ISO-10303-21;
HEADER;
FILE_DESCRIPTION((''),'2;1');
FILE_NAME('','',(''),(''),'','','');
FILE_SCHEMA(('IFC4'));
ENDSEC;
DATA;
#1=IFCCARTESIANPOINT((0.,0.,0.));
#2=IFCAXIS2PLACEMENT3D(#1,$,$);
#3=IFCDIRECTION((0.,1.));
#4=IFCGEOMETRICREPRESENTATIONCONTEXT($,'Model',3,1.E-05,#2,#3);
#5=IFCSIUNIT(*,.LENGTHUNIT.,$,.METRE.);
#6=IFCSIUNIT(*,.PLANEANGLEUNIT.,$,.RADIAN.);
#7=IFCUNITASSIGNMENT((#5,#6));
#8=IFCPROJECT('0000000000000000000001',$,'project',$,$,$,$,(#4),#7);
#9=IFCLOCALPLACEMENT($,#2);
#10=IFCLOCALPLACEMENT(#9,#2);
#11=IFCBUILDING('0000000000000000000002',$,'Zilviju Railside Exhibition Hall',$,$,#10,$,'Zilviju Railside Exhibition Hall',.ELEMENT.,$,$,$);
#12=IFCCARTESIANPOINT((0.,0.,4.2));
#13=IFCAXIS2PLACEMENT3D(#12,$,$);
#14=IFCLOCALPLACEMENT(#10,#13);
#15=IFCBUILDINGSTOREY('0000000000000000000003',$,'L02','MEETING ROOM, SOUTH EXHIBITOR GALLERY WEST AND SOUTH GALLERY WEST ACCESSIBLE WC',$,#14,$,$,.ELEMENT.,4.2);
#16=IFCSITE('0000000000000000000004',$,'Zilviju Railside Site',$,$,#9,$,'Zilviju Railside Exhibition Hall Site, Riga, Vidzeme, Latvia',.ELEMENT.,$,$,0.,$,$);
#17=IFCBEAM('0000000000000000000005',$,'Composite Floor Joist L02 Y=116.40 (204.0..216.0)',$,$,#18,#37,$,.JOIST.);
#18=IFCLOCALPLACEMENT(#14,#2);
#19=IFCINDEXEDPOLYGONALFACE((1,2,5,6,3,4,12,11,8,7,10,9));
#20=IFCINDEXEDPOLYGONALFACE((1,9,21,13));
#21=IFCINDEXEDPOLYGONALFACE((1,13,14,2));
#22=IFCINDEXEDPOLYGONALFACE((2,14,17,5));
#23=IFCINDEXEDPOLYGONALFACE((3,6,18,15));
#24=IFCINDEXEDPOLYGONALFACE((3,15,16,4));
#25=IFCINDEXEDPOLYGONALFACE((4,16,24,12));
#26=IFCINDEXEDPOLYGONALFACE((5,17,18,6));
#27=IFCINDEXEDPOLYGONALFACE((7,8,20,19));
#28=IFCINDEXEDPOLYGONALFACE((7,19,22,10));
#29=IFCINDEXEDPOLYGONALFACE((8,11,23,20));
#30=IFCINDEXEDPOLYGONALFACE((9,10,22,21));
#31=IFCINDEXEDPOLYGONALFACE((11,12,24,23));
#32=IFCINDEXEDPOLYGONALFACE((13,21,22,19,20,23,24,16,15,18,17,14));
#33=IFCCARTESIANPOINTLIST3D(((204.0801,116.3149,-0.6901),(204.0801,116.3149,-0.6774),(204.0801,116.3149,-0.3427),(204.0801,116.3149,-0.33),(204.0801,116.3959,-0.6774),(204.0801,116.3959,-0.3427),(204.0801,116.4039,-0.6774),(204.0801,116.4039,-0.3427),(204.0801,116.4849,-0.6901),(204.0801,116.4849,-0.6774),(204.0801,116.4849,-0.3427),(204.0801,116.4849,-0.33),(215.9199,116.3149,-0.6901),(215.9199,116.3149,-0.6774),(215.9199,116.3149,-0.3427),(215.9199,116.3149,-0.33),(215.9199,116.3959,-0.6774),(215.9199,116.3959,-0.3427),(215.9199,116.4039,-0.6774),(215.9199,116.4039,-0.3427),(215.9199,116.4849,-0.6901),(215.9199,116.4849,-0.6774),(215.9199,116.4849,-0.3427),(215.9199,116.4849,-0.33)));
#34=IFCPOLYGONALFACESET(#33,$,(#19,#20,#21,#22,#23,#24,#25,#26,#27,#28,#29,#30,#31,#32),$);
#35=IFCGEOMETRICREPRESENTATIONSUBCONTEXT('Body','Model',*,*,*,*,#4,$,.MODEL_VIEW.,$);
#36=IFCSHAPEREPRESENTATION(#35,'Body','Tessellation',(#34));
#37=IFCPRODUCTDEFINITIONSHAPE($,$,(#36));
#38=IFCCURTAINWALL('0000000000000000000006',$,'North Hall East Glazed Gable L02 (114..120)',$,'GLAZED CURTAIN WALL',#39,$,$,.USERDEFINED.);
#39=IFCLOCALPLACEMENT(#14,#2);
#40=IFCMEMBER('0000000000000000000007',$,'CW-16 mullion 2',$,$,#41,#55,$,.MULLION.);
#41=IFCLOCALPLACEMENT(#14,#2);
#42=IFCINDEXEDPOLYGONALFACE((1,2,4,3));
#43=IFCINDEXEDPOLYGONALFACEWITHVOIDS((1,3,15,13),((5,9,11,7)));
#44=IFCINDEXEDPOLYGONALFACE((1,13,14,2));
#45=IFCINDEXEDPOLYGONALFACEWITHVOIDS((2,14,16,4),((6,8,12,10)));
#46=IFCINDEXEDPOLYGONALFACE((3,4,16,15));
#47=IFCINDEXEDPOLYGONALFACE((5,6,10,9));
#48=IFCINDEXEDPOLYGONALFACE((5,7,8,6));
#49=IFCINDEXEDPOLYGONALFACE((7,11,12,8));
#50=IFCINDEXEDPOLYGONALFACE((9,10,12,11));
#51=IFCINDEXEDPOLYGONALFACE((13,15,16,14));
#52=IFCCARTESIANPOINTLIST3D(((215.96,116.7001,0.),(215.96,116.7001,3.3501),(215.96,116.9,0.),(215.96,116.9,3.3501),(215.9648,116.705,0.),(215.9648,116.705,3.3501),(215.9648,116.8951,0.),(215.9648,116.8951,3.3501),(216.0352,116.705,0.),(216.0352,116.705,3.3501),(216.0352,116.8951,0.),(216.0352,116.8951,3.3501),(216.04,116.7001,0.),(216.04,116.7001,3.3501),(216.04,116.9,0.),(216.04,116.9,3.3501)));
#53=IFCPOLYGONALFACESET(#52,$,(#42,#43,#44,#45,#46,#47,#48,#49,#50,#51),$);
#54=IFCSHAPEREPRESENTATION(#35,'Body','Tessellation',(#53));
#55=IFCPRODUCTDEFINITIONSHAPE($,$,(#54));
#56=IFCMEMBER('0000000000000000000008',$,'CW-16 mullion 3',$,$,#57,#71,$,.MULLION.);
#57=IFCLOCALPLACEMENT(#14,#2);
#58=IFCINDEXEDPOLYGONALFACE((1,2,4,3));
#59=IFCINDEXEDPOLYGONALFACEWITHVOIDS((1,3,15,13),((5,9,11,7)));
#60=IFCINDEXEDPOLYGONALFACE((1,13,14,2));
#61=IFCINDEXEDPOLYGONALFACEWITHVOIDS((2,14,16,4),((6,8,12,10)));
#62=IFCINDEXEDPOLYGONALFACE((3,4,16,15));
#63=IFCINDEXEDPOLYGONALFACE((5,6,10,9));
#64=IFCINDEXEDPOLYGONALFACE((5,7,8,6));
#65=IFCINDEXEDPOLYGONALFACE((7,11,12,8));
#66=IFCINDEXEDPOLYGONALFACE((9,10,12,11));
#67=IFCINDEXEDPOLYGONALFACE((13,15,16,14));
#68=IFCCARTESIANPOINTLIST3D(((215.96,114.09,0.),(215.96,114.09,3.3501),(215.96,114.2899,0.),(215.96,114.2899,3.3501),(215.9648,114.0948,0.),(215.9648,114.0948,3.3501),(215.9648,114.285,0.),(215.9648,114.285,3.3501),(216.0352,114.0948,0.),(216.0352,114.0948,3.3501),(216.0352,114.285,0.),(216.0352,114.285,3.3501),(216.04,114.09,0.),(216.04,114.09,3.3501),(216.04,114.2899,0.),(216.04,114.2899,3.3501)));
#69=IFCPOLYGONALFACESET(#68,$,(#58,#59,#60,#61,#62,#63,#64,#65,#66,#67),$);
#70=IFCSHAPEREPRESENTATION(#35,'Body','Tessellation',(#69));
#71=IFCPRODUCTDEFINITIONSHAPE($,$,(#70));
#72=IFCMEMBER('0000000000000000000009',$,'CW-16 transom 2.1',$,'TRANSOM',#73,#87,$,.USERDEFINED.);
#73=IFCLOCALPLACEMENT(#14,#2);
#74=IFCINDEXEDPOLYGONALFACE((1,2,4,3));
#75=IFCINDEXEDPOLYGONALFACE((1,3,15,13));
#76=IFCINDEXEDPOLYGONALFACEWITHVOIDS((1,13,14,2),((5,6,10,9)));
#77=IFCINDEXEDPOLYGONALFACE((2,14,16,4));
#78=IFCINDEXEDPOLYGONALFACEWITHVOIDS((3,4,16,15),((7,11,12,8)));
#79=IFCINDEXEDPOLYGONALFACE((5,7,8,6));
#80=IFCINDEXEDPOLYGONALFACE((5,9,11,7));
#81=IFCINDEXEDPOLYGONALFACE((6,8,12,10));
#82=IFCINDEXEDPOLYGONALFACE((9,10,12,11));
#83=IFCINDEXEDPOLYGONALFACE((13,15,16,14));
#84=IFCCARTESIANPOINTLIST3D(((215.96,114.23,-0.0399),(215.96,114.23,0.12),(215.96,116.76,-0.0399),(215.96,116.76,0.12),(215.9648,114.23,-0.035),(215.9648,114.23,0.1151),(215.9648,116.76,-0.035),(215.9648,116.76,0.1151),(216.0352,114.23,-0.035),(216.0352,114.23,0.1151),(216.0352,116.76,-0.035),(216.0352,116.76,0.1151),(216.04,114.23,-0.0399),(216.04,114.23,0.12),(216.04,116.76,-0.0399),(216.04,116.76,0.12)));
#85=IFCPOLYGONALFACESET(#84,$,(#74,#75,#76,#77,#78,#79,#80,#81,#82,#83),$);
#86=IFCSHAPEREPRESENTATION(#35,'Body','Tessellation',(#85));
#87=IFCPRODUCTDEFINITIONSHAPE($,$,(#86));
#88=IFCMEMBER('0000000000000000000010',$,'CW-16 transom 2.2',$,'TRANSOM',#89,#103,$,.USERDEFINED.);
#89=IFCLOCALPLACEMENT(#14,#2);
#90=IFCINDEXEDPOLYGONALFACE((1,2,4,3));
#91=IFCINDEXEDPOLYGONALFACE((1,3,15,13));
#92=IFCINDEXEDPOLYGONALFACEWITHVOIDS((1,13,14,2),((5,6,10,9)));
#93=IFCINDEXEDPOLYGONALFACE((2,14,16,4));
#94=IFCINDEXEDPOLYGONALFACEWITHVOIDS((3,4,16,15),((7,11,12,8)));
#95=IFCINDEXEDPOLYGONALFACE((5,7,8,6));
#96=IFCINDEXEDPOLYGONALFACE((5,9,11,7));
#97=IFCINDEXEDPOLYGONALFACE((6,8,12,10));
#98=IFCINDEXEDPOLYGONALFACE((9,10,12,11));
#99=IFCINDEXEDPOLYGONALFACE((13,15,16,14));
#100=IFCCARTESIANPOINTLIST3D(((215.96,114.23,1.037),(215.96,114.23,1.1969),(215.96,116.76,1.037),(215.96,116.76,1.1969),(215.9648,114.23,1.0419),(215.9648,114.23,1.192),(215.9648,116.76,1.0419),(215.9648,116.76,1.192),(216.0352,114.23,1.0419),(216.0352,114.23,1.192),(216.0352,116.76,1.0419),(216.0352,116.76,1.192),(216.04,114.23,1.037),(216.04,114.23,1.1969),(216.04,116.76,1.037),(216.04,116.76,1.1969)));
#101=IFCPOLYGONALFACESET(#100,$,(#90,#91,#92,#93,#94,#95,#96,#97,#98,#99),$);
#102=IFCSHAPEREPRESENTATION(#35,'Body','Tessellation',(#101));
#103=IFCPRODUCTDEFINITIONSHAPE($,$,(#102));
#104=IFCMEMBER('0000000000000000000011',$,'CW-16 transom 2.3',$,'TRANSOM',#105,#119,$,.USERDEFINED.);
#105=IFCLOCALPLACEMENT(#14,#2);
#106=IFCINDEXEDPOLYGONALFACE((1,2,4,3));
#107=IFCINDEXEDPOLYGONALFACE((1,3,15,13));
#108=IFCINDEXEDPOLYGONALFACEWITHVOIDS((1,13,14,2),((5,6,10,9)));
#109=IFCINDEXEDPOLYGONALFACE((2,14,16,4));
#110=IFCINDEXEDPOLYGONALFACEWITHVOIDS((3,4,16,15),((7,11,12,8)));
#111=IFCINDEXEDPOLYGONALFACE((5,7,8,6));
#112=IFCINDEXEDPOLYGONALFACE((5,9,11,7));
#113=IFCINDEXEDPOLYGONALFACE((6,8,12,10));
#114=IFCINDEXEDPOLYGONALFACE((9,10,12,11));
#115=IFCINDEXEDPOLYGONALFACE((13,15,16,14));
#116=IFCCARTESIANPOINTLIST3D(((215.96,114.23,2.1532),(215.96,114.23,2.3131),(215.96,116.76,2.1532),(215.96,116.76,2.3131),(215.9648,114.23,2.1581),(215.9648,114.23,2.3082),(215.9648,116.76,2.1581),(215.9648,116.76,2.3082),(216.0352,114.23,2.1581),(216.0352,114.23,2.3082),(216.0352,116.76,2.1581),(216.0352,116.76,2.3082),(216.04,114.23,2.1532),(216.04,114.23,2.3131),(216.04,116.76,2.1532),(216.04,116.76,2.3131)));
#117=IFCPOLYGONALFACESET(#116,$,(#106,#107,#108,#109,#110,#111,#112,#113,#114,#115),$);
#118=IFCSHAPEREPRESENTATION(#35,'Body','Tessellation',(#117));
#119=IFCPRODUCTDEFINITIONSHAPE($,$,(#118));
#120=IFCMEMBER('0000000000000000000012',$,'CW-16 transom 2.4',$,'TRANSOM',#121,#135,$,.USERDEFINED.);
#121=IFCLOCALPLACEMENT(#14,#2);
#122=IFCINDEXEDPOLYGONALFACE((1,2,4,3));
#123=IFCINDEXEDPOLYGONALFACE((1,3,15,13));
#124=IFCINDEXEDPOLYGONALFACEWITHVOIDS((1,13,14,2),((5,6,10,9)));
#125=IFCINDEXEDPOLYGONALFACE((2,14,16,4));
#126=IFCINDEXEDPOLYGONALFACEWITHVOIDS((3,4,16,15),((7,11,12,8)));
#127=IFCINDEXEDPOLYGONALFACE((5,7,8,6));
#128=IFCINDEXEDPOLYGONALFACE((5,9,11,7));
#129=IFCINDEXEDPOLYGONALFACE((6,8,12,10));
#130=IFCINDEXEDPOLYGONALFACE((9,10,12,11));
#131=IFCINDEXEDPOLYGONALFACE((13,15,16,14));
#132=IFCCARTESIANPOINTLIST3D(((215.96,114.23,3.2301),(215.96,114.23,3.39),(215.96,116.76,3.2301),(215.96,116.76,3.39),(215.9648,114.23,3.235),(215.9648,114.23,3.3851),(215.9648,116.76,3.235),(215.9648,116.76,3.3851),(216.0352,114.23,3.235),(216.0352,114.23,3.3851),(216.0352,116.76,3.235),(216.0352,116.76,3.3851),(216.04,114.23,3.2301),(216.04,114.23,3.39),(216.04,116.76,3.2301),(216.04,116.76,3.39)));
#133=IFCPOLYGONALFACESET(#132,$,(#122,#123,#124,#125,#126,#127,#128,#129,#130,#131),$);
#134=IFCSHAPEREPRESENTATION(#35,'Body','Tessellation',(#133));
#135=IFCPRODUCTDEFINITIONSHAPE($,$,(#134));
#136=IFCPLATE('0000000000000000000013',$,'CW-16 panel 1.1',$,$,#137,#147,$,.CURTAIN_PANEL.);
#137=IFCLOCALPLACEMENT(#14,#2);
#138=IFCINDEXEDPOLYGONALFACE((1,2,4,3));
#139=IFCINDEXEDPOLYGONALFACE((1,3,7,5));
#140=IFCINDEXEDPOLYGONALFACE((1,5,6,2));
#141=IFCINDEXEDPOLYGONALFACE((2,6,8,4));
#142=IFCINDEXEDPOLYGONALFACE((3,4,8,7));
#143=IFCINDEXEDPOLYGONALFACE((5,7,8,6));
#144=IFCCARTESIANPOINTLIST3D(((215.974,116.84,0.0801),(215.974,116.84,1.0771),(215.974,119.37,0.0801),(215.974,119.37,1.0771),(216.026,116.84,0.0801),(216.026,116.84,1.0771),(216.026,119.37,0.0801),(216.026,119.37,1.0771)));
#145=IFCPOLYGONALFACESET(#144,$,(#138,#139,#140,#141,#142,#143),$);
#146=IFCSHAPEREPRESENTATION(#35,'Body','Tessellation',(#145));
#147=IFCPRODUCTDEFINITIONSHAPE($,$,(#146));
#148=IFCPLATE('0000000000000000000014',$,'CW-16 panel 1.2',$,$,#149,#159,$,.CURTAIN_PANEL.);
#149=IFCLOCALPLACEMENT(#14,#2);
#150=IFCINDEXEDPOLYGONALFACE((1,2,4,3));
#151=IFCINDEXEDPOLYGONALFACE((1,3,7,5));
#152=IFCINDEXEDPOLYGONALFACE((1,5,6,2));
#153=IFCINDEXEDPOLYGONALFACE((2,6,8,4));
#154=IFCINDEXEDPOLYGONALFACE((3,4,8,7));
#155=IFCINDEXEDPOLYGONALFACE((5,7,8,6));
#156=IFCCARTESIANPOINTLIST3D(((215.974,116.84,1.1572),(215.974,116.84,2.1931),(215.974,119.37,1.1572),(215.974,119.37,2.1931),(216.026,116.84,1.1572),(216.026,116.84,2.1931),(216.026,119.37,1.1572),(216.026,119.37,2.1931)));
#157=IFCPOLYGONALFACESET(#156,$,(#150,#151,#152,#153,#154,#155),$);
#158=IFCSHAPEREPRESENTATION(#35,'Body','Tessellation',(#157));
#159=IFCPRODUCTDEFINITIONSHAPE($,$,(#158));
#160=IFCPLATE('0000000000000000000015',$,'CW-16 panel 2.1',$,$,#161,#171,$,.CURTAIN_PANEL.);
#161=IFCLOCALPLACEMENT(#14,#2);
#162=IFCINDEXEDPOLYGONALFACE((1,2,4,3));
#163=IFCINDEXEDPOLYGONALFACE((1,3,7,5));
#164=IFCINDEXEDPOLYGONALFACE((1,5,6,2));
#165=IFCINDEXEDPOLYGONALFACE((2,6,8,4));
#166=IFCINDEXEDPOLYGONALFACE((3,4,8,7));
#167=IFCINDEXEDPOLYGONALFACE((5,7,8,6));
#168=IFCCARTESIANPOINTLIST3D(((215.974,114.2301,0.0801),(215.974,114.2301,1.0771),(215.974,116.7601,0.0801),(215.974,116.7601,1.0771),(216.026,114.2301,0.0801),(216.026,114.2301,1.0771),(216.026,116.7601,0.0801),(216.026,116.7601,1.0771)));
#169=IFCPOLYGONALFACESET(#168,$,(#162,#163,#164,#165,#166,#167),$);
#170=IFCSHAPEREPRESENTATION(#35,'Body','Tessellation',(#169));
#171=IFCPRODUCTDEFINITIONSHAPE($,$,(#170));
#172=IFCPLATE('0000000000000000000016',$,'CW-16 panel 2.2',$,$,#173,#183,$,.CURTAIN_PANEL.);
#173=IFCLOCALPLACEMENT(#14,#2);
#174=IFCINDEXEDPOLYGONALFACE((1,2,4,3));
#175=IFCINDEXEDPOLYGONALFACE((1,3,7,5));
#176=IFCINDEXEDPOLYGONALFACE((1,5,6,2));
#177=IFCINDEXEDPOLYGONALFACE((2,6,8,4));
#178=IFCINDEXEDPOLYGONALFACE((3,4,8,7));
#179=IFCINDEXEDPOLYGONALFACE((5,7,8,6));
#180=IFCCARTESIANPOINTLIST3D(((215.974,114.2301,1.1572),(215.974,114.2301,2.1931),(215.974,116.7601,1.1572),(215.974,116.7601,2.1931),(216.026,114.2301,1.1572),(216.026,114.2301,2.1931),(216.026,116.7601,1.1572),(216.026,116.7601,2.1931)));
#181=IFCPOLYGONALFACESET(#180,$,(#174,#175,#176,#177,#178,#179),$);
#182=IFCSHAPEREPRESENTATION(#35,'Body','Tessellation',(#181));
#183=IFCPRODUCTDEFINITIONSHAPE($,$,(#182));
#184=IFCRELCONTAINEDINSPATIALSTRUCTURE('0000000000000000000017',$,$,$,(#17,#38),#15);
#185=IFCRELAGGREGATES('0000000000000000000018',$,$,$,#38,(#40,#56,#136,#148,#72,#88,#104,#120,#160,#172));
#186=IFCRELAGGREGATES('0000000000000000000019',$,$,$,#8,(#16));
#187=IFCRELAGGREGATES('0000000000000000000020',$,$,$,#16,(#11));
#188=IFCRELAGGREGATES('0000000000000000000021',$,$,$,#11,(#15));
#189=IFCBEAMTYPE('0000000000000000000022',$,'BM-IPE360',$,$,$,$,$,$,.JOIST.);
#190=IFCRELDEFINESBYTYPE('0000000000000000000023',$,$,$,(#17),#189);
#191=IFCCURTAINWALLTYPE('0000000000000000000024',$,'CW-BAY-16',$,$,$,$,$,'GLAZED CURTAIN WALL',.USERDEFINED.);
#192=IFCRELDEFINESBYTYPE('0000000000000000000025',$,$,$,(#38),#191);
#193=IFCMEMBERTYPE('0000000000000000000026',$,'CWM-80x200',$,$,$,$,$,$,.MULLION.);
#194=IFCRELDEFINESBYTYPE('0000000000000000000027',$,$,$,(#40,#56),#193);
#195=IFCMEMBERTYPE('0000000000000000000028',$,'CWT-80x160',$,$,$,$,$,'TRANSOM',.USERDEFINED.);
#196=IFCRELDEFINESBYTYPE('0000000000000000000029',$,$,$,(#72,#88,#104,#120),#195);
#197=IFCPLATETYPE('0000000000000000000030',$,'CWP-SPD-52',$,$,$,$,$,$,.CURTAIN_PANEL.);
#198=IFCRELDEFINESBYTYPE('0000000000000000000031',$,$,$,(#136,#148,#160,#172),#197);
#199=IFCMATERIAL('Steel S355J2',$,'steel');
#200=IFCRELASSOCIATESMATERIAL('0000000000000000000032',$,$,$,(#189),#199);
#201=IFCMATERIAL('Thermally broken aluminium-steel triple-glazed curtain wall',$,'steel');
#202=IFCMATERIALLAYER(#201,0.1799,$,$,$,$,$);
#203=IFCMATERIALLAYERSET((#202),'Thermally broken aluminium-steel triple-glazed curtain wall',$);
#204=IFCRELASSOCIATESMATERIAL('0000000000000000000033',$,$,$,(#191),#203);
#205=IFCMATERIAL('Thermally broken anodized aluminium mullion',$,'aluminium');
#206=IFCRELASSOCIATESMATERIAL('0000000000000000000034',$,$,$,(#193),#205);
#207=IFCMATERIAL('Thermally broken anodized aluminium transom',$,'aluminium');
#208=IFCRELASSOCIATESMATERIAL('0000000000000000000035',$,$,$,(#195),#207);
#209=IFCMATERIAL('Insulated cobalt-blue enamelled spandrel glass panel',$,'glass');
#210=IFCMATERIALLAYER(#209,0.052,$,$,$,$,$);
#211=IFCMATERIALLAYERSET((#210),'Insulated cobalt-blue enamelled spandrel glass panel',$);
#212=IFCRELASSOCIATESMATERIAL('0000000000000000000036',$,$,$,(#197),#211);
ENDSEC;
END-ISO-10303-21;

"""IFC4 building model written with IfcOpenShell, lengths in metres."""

from ifc_helpers import new_model, si_unit, direction, frame, origin, origin_2d, place, context, subcontext, project, spatial, rectangle, hollow_rectangle, i_section, extrude, material, layer, layer_set, material_profile, profile_set, type_object, element, aggregate, save


model = new_model("IFC4")

# Units and contexts
model_context = context("Model", 3, precision=1e-05, world=origin(), true_north=direction((0.0, 1.0)))
body_context = subcontext(model_context, "Body", "Model", "MODEL_VIEW")
ifc_project = project(units=[si_unit("LENGTHUNIT", "METRE"), si_unit("PLANEANGLEUNIT", "RADIAN")], contexts=[model_context])

# Site, building, storey
site_placement = place(None, origin())
site = spatial("IfcSite", under=ifc_project, at=site_placement, Name="Zilviju Railside Site", LongName="Zilviju Railside Exhibition Hall Site, Riga, Vidzeme, Latvia", CompositionType="ELEMENT", RefElevation=0.0)
building_placement = place(site_placement, origin())
building = spatial("IfcBuilding", under=site, at=building_placement, Name="Zilviju Railside Exhibition Hall", LongName="Zilviju Railside Exhibition Hall", CompositionType="ELEMENT")
storey_placement = place(building_placement, frame((0.0, 0.0, 4.2)))
storey = spatial("IfcBuildingStorey", under=building, at=storey_placement, Name="L02", Description="MEETING ROOM, SOUTH EXHIBITOR GALLERY WEST AND SOUTH GALLERY WEST ACCESSIBLE WC", CompositionType="ELEMENT", Elevation=4.2)

# Beam
ifc_material_1 = material(Name="Steel S355J2", Category="steel")
ifc_material_profile_1 = material_profile(ifc_material_1, i_section(OverallWidth=0.1699, OverallDepth=0.3601, WebThickness=0.0081, FlangeThickness=0.0127, at=origin_2d()), Name="IPE 360")
ifc_profile_set_1 = profile_set([ifc_material_profile_1], Name="Steel S355J2")
beam_type = type_object("IfcBeamType", Name="BM-IPE360", PredefinedType="JOIST", material=ifc_profile_set_1)
beam_placement = place(storey_placement, frame((204.0801, 116.3999, -0.51), z_axis=(1.0, 0.0, 0.0), x_axis=(0.0, 1.0, 0.0)))
element("IfcBeam", 1, at=beam_placement, inside=storey, type_object=beam_type, Name="Composite Floor Joist L02 Y=116.40 (204.0..216.0)", PredefinedType="JOIST", context=body_context, shape_type="SweptSolid", body=[
    extrude(i_section(OverallWidth=0.1699, OverallDepth=0.3601, WebThickness=0.0081, FlangeThickness=0.0127, at=origin_2d()), origin(), (0.0, 0.0, 1.0), 11.8398),
])

# Curtain wall, members, plates
ifc_material_2 = material(Name="Thermally broken aluminium-steel triple-glazed curtain wall", Category="steel")
ifc_layer_1 = layer(ifc_material_2, 0.1799)
ifc_layer_set_1 = layer_set([ifc_layer_1], Name="Thermally broken aluminium-steel triple-glazed curtain wall")
curtain_wall_type = type_object("IfcCurtainWallType", Name="CW-BAY-16", ElementType="GLAZED CURTAIN WALL", PredefinedType="USERDEFINED", material=ifc_layer_set_1)
curtain_wall_placement = place(storey_placement, origin())
curtain_wall = element("IfcCurtainWall", 2, at=curtain_wall_placement, inside=storey, type_object=curtain_wall_type, Name="North Hall East Glazed Gable L02 (114..120)", ObjectType="GLAZED CURTAIN WALL", PredefinedType="USERDEFINED")
ifc_material_3 = material(Name="Thermally broken anodized aluminium mullion", Category="aluminium")
ifc_material_profile_2 = material_profile(ifc_material_3, hollow_rectangle(XDim=0.0801, YDim=0.2, WallThickness=0.0049, at=origin_2d()), Name="MULLION 200x80x5")
ifc_profile_set_2 = profile_set([ifc_material_profile_2], Name="Thermally broken anodized aluminium mullion")
member_type_1 = type_object("IfcMemberType", Name="CWM-80x200", PredefinedType="MULLION", material=ifc_profile_set_2)
member_1_placement = place(storey_placement, frame((216.0, 116.8, 0.0), z_axis=(0.0, 0.0, 1.0), x_axis=(1.0, 0.0, 0.0)))
member_1 = element("IfcMember", 3, at=member_1_placement, type_object=member_type_1, Name="CW-16 mullion 2", PredefinedType="MULLION", context=body_context, shape_type="SweptSolid", body=[
    extrude(hollow_rectangle(XDim=0.0801, YDim=0.2, WallThickness=0.0049, at=origin_2d()), origin(), (0.0, 0.0, 1.0), 3.3501),
])
member_2_placement = place(storey_placement, frame((216.0, 114.1899, 0.0), z_axis=(0.0, 0.0, 1.0), x_axis=(1.0, 0.0, 0.0)))
member_2 = element("IfcMember", 4, at=member_2_placement, type_object=member_type_1, Name="CW-16 mullion 3", PredefinedType="MULLION", context=body_context, shape_type="SweptSolid", body=[
    extrude(hollow_rectangle(XDim=0.0801, YDim=0.2, WallThickness=0.0049, at=origin_2d()), origin(), (0.0, 0.0, 1.0), 3.3501),
])
ifc_material_4 = material(Name="Thermally broken anodized aluminium transom", Category="aluminium")
ifc_material_profile_3 = material_profile(ifc_material_4, hollow_rectangle(XDim=0.0801, YDim=0.1599, WallThickness=0.0049, at=origin_2d()), Name="TRANSOM 160x80x5")
ifc_profile_set_3 = profile_set([ifc_material_profile_3], Name="Thermally broken anodized aluminium transom")
member_type_2 = type_object("IfcMemberType", Name="CWT-80x160", ElementType="TRANSOM", PredefinedType="USERDEFINED", material=ifc_profile_set_3)
member_3_placement = place(storey_placement, frame((216.0, 116.76, 0.04), z_axis=(0.0, -1.0, 0.0), x_axis=(1.0, 0.0, 0.0)))
member_3 = element("IfcMember", 5, at=member_3_placement, type_object=member_type_2, Name="CW-16 transom 2.1", ObjectType="TRANSOM", PredefinedType="USERDEFINED", context=body_context, shape_type="SweptSolid", body=[
    extrude(hollow_rectangle(XDim=0.0801, YDim=0.1599, WallThickness=0.0049, at=origin_2d()), origin(), (0.0, 0.0, 1.0), 2.53),
])
member_4_placement = place(storey_placement, frame((216.0, 116.76, 1.1169), z_axis=(0.0, -1.0, 0.0), x_axis=(1.0, 0.0, 0.0)))
member_4 = element("IfcMember", 6, at=member_4_placement, type_object=member_type_2, Name="CW-16 transom 2.2", ObjectType="TRANSOM", PredefinedType="USERDEFINED", context=body_context, shape_type="SweptSolid", body=[
    extrude(hollow_rectangle(XDim=0.0801, YDim=0.1599, WallThickness=0.0049, at=origin_2d()), origin(), (0.0, 0.0, 1.0), 2.53),
])
member_5_placement = place(storey_placement, frame((216.0, 116.76, 2.2332), z_axis=(0.0, -1.0, 0.0), x_axis=(1.0, 0.0, 0.0)))
member_5 = element("IfcMember", 7, at=member_5_placement, type_object=member_type_2, Name="CW-16 transom 2.3", ObjectType="TRANSOM", PredefinedType="USERDEFINED", context=body_context, shape_type="SweptSolid", body=[
    extrude(hollow_rectangle(XDim=0.0801, YDim=0.1599, WallThickness=0.0049, at=origin_2d()), origin(), (0.0, 0.0, 1.0), 2.53),
])
member_6_placement = place(storey_placement, frame((216.0, 116.76, 3.3101), z_axis=(0.0, -1.0, 0.0), x_axis=(1.0, 0.0, 0.0)))
member_6 = element("IfcMember", 8, at=member_6_placement, type_object=member_type_2, Name="CW-16 transom 2.4", ObjectType="TRANSOM", PredefinedType="USERDEFINED", context=body_context, shape_type="SweptSolid", body=[
    extrude(hollow_rectangle(XDim=0.0801, YDim=0.1599, WallThickness=0.0049, at=origin_2d()), origin(), (0.0, 0.0, 1.0), 2.53),
])
ifc_material_5 = material(Name="Insulated cobalt-blue enamelled spandrel glass panel", Category="glass")
ifc_layer_2 = layer(ifc_material_5, 0.052)
ifc_layer_set_2 = layer_set([ifc_layer_2], Name="Insulated cobalt-blue enamelled spandrel glass panel")
plate_type = type_object("IfcPlateType", Name="CWP-SPD-52", PredefinedType="CURTAIN_PANEL", material=ifc_layer_set_2)
plate_1_placement = place(storey_placement, frame((216.0, 118.105, 0.0801), z_axis=(0.0, 0.0, 1.0), x_axis=(0.0, -1.0, 0.0)))
plate_1 = element("IfcPlate", 9, at=plate_1_placement, type_object=plate_type, Name="CW-16 panel 1.1", PredefinedType="CURTAIN_PANEL", context=body_context, shape_type="SweptSolid", body=[
    extrude(rectangle(XDim=2.53, YDim=0.052, at=origin_2d()), origin(), (0.0, 0.0, 1.0), 0.9971),
])
plate_2_placement = place(storey_placement, frame((216.0, 118.105, 1.1572), z_axis=(0.0, 0.0, 1.0), x_axis=(0.0, -1.0, 0.0)))
plate_2 = element("IfcPlate", 10, at=plate_2_placement, type_object=plate_type, Name="CW-16 panel 1.2", PredefinedType="CURTAIN_PANEL", context=body_context, shape_type="SweptSolid", body=[
    extrude(rectangle(XDim=2.53, YDim=0.052, at=origin_2d()), origin(), (0.0, 0.0, 1.0), 1.0359),
])
plate_3_placement = place(storey_placement, frame((216.0, 115.4951, 0.0801), z_axis=(0.0, 0.0, 1.0), x_axis=(0.0, -1.0, 0.0)))
plate_3 = element("IfcPlate", 11, at=plate_3_placement, type_object=plate_type, Name="CW-16 panel 2.1", PredefinedType="CURTAIN_PANEL", context=body_context, shape_type="SweptSolid", body=[
    extrude(rectangle(XDim=2.53, YDim=0.052, at=origin_2d()), origin(), (0.0, 0.0, 1.0), 0.9971),
])
plate_4_placement = place(storey_placement, frame((216.0, 115.4951, 1.1572), z_axis=(0.0, 0.0, 1.0), x_axis=(0.0, -1.0, 0.0)))
plate_4 = element("IfcPlate", 12, at=plate_4_placement, type_object=plate_type, Name="CW-16 panel 2.2", PredefinedType="CURTAIN_PANEL", context=body_context, shape_type="SweptSolid", body=[
    extrude(rectangle(XDim=2.53, YDim=0.052, at=origin_2d()), origin(), (0.0, 0.0, 1.0), 1.0359),
])
aggregate(curtain_wall, [member_1, member_2, plate_1, plate_2, member_3, member_4, member_5, member_6, plate_3, plate_4])

save(model, "model.ifc")
